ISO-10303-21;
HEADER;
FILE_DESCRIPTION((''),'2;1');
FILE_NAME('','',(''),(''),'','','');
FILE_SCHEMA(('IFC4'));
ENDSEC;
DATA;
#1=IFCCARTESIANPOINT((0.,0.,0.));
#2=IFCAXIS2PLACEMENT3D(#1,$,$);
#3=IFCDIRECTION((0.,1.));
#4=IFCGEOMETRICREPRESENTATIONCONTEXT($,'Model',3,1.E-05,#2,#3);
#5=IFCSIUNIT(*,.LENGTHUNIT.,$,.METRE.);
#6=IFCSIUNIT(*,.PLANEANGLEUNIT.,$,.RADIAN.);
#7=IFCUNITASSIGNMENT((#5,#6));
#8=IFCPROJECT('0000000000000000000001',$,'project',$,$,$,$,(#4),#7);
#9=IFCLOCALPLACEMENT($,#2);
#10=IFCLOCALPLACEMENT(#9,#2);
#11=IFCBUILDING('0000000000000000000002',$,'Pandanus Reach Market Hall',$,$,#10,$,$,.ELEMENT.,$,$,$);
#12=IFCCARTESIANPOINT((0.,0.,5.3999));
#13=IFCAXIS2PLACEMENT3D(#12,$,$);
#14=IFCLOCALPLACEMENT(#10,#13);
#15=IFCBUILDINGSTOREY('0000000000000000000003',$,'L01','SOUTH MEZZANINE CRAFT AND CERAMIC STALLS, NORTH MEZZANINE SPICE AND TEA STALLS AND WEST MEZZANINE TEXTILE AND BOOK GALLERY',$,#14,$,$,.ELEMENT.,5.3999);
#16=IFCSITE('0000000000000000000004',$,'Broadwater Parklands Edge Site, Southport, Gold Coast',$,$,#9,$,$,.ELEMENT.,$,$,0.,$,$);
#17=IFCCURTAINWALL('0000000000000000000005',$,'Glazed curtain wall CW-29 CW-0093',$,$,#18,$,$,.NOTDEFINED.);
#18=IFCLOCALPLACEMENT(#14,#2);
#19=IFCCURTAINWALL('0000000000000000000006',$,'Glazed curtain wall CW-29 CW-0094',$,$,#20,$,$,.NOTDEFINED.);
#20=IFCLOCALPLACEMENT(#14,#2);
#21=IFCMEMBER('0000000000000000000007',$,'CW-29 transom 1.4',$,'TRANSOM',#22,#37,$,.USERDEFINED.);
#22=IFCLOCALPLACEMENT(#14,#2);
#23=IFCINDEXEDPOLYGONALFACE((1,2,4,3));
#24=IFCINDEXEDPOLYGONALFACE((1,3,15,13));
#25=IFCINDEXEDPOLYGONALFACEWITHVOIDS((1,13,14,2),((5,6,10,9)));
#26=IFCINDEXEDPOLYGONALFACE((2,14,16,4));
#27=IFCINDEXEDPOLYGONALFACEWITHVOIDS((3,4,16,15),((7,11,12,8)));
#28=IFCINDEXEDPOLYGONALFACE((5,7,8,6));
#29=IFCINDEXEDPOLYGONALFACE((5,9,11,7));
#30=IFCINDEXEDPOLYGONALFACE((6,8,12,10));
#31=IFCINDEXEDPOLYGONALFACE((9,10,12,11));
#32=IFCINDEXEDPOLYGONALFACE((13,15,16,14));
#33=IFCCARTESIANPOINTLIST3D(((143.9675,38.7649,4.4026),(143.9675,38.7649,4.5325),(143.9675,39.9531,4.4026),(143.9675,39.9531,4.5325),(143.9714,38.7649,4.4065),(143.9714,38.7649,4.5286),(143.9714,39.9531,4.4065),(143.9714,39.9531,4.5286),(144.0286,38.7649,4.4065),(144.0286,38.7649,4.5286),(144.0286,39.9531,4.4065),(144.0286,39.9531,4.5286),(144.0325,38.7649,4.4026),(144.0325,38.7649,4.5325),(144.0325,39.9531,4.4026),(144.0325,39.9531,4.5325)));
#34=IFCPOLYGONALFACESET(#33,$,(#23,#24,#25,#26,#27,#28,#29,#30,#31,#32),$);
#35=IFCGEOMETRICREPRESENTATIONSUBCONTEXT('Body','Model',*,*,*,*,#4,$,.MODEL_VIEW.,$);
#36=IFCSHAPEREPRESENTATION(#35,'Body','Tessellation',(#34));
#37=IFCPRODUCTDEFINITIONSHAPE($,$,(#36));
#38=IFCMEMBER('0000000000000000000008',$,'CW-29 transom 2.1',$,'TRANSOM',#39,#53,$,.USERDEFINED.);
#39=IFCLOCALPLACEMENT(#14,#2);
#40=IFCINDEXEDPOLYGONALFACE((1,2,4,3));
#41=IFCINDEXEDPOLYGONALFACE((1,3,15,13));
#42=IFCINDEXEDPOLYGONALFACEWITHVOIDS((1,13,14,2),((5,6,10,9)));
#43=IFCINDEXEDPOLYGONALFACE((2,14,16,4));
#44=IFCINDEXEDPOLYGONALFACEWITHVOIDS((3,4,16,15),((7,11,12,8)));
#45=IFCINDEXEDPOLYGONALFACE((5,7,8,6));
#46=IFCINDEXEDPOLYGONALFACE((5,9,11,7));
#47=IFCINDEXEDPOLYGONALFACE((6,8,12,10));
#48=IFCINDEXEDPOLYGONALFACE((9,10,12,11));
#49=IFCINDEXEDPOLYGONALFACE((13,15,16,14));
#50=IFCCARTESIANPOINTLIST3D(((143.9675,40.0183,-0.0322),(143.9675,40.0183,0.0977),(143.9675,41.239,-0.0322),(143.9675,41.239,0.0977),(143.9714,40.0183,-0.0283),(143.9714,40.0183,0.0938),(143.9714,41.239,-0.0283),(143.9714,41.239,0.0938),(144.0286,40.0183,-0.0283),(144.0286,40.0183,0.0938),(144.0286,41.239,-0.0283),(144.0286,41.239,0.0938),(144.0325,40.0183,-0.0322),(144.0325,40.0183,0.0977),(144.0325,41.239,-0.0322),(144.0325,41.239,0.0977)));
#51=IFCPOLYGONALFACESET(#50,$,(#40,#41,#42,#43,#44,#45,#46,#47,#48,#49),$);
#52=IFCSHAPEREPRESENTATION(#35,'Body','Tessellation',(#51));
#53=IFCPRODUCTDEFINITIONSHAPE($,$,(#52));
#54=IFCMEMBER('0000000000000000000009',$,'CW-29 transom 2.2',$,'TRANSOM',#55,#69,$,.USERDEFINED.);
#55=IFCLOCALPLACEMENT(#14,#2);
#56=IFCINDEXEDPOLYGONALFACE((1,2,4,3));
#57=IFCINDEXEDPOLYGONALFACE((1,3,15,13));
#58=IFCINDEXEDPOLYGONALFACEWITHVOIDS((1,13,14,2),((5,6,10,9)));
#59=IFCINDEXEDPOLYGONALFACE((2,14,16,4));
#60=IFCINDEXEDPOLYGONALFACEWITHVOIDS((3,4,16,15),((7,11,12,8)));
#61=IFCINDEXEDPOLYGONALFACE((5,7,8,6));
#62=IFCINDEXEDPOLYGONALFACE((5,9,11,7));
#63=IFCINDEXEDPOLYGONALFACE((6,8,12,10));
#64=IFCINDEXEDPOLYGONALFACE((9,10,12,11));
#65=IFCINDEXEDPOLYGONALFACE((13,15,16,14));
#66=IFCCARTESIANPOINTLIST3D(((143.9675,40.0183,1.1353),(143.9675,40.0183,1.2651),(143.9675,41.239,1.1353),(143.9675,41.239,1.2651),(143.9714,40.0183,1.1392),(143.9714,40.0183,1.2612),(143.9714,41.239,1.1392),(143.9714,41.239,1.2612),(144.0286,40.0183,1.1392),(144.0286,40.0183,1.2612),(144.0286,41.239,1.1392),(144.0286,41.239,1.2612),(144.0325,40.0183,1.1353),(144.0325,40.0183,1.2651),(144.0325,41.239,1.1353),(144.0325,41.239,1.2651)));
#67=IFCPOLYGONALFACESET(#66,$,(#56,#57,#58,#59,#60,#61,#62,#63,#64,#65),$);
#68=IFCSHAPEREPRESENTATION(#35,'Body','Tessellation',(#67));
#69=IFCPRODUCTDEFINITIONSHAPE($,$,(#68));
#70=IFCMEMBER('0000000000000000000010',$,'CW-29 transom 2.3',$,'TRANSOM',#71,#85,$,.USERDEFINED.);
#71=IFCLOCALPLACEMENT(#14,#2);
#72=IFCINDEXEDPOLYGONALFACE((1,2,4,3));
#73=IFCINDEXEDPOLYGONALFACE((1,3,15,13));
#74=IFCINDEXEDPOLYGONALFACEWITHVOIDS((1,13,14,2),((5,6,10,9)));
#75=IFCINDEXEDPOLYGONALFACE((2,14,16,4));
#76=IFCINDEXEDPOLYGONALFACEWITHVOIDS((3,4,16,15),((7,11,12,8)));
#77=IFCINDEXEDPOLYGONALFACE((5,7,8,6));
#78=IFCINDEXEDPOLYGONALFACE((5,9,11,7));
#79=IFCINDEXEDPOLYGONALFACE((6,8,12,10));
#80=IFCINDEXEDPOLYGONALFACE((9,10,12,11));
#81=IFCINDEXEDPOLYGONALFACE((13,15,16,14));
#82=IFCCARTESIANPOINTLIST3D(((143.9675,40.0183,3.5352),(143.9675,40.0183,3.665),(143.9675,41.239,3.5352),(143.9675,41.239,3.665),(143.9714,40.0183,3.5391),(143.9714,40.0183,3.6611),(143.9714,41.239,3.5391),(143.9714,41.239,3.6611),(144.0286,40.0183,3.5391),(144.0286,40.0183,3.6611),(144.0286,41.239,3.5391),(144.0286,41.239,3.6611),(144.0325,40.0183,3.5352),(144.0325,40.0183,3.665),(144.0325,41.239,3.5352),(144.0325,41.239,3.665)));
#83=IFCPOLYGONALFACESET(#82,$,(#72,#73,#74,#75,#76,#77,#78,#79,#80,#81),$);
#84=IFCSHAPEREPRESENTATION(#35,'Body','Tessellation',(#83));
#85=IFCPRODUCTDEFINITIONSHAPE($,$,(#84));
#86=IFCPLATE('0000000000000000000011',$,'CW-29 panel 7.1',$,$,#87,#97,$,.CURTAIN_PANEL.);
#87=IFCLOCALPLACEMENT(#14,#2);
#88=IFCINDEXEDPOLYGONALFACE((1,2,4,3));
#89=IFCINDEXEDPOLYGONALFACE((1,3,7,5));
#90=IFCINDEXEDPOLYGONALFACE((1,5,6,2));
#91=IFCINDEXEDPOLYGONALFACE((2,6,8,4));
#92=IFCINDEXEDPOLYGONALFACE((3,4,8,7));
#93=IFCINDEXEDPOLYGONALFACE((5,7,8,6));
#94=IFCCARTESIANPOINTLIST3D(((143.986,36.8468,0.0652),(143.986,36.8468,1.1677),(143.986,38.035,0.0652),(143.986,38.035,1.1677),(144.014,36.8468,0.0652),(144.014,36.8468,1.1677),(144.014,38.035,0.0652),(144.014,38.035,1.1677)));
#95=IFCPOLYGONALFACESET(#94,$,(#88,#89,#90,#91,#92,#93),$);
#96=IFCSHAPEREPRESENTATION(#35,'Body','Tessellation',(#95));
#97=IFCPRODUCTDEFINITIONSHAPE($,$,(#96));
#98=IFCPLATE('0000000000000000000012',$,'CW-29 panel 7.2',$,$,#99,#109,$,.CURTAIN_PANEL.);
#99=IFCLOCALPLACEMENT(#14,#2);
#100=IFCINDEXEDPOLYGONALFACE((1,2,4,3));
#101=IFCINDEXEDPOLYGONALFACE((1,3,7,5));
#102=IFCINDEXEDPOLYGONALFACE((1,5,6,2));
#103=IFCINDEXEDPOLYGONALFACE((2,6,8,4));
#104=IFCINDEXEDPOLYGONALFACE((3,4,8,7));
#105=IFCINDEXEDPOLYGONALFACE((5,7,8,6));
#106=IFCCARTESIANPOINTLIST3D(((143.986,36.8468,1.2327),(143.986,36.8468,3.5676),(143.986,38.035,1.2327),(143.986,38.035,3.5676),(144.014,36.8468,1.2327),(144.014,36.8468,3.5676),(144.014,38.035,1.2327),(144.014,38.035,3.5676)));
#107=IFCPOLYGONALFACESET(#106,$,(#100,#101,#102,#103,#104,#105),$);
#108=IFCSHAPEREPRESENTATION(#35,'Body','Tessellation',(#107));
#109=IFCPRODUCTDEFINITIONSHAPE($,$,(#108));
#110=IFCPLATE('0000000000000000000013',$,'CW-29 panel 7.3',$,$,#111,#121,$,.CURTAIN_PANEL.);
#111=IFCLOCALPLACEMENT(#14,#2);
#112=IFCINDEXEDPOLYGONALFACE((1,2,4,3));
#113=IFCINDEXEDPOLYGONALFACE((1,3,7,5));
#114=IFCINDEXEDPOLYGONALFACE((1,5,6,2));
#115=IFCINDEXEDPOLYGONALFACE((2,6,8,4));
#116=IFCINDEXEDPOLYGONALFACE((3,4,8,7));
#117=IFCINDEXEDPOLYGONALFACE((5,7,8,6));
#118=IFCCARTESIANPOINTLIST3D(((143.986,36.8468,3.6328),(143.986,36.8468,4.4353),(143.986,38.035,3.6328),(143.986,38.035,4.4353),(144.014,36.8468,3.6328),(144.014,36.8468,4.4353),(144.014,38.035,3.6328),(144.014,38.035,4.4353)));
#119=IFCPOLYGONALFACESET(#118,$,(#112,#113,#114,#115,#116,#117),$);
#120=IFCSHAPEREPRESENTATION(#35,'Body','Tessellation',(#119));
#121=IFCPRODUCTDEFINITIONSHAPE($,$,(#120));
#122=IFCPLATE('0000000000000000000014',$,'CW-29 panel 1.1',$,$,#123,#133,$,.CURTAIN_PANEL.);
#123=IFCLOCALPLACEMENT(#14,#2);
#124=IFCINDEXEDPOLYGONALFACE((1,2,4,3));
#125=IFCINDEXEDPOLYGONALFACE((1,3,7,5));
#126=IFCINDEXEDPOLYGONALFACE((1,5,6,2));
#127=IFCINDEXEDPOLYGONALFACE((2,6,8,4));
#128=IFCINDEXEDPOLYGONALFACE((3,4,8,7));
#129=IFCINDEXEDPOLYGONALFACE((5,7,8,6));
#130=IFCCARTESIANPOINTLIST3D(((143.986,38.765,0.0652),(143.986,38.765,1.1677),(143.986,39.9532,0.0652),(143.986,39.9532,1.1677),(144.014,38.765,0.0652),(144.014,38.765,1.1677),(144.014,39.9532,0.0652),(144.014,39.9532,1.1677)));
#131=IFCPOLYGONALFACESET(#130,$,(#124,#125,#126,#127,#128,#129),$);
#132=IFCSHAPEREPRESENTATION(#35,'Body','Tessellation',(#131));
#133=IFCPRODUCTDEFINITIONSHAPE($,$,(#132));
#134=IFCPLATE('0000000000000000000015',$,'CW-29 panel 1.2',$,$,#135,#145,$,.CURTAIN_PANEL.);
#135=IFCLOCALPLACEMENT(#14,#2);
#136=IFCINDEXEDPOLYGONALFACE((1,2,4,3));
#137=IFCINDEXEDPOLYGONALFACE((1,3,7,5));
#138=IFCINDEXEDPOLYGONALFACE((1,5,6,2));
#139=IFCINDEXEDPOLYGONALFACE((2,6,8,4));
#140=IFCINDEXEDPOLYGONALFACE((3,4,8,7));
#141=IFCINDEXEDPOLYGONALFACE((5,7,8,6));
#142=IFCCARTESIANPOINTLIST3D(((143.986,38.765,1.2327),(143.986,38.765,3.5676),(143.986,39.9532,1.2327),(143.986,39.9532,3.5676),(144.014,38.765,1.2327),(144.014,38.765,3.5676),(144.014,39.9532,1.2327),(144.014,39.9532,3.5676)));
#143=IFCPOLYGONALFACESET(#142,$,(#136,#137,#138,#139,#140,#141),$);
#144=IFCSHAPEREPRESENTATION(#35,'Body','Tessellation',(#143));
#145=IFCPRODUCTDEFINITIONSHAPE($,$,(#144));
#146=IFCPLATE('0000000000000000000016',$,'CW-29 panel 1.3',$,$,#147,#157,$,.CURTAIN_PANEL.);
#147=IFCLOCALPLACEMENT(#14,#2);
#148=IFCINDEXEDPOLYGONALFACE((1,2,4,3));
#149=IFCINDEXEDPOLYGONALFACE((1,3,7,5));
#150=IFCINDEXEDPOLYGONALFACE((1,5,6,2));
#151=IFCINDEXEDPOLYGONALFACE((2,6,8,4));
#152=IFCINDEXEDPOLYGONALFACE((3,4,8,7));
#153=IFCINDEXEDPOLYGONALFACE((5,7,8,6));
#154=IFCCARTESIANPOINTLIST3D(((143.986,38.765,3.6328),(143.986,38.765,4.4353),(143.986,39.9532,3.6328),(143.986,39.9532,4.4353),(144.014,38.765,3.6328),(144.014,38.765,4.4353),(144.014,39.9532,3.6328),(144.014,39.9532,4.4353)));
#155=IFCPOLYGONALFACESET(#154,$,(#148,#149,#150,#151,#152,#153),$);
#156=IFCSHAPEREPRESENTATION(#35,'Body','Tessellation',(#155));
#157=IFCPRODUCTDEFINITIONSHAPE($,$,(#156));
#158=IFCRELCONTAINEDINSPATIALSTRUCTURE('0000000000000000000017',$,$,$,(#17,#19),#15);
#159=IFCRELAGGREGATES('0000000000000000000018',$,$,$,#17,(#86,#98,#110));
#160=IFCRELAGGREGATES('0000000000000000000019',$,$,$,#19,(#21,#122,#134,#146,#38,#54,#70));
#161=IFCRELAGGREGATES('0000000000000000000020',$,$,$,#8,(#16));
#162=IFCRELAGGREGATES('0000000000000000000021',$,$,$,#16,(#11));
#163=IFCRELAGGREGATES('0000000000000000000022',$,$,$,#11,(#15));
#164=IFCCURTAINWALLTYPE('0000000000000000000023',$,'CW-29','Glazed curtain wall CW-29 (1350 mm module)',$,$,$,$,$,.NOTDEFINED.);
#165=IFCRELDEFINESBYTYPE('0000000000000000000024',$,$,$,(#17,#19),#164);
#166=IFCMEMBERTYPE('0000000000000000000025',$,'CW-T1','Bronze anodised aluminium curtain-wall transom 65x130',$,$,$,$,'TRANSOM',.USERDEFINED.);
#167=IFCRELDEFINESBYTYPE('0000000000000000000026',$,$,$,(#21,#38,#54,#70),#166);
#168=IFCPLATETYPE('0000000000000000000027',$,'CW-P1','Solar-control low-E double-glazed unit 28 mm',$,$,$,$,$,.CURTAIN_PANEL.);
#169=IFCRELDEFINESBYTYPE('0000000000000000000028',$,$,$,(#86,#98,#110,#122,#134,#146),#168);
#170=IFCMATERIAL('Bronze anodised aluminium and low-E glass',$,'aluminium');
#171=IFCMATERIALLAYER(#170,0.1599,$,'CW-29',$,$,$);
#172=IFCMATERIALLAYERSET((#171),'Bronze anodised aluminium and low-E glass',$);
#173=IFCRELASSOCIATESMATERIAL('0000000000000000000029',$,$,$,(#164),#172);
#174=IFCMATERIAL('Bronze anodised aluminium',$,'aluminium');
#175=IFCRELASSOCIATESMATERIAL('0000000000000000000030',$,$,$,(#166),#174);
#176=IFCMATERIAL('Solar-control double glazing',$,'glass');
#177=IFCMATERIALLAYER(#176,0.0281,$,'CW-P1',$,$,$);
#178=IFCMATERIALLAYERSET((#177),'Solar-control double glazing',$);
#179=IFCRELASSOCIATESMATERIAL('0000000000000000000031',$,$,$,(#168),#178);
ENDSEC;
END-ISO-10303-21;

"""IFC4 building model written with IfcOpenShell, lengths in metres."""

from ifc_helpers import new_model, si_unit, direction, frame, origin, origin_2d, place, context, subcontext, project, spatial, rectangle, hollow_rectangle, extrude, material, layer, layer_set, material_profile, profile_set, type_object, element, aggregate, save


model = new_model("IFC4")

# Units and contexts
model_context = context("Model", 3, precision=1e-05, world=origin(), true_north=direction((0.0, 1.0)))
body_context = subcontext(model_context, "Body", "Model", "MODEL_VIEW")
ifc_project = project(units=[si_unit("LENGTHUNIT", "METRE"), si_unit("PLANEANGLEUNIT", "RADIAN")], contexts=[model_context])

# Site, building, storey
site_placement = place(None, origin())
site = spatial("IfcSite", under=ifc_project, at=site_placement, Name="Broadwater Parklands Edge Site, Southport, Gold Coast", CompositionType="ELEMENT", RefElevation=0.0)
building_placement = place(site_placement, origin())
building = spatial("IfcBuilding", under=site, at=building_placement, Name="Pandanus Reach Market Hall", CompositionType="ELEMENT")
storey_placement = place(building_placement, frame((0.0, 0.0, 5.3999)))
storey = spatial("IfcBuildingStorey", under=building, at=storey_placement, Name="L01", Description="SOUTH MEZZANINE CRAFT AND CERAMIC STALLS, NORTH MEZZANINE SPICE AND TEA STALLS AND WEST MEZZANINE TEXTILE AND BOOK GALLERY", CompositionType="ELEMENT", Elevation=5.3999)

# Curtain wall
ifc_material_1 = material(Name="Bronze anodised aluminium and low-E glass", Category="aluminium")
ifc_layer_1 = layer(ifc_material_1, 0.1599, Name="CW-29")
ifc_layer_set_1 = layer_set([ifc_layer_1], Name="Bronze anodised aluminium and low-E glass")
curtain_wall_type = type_object("IfcCurtainWallType", Name="CW-29", Description="Glazed curtain wall CW-29 (1350 mm module)", PredefinedType="NOTDEFINED", material=ifc_layer_set_1)
curtain_wall_1_placement = place(storey_placement, origin())
curtain_wall_1 = element("IfcCurtainWall", 1, at=curtain_wall_1_placement, inside=storey, type_object=curtain_wall_type, Name="Glazed curtain wall CW-29 CW-0093", PredefinedType="NOTDEFINED")
ifc_material_2 = material(Name="Bronze anodised aluminium", Category="aluminium")

# Curtain wall
curtain_wall_2_placement = place(storey_placement, origin())
curtain_wall_2 = element("IfcCurtainWall", 2, at=curtain_wall_2_placement, inside=storey, type_object=curtain_wall_type, Name="Glazed curtain wall CW-29 CW-0094", PredefinedType="NOTDEFINED")

# Members
ifc_material_profile_1 = material_profile(ifc_material_2, hollow_rectangle(XDim=0.0649, YDim=0.1299, WallThickness=0.0039, at=origin_2d()), Name="ALU65x130", Category="LoadBearing")
ifc_profile_set_1 = profile_set([ifc_material_profile_1], Name="Bronze anodised aluminium")
member_type_1 = type_object("IfcMemberType", Name="CW-T1", Description="Bronze anodised aluminium curtain-wall transom 65x130", ElementType="TRANSOM", PredefinedType="USERDEFINED", material=ifc_profile_set_1)
member_1_placement = place(storey_placement, frame((144.0, 38.7649, 4.4675), z_axis=(0.0, 1.0, 0.0), x_axis=(-1.0, 0.0, 0.0)))
member_1 = element("IfcMember", 3, at=member_1_placement, type_object=member_type_1, Name="CW-29 transom 1.4", ObjectType="TRANSOM", PredefinedType="USERDEFINED", context=body_context, shape_type="SweptSolid", body=[
    extrude(hollow_rectangle(XDim=0.0649, YDim=0.1299, WallThickness=0.0039, at=origin_2d()), origin(), (0.0, 0.0, 1.0), 1.1882),
])
member_2_placement = place(storey_placement, frame((144.0, 40.0183, 0.0327), z_axis=(0.0, 1.0, 0.0), x_axis=(-1.0, 0.0, 0.0)))
member_2 = element("IfcMember", 4, at=member_2_placement, type_object=member_type_1, Name="CW-29 transom 2.1", ObjectType="TRANSOM", PredefinedType="USERDEFINED", context=body_context, shape_type="SweptSolid", body=[
    extrude(hollow_rectangle(XDim=0.0649, YDim=0.1299, WallThickness=0.0039, at=origin_2d()), origin(), (0.0, 0.0, 1.0), 1.2207),
])
member_3_placement = place(storey_placement, frame((144.0, 40.0183, 1.2002), z_axis=(0.0, 1.0, 0.0), x_axis=(-1.0, 0.0, 0.0)))
member_3 = element("IfcMember", 5, at=member_3_placement, type_object=member_type_1, Name="CW-29 transom 2.2", ObjectType="TRANSOM", PredefinedType="USERDEFINED", context=body_context, shape_type="SweptSolid", body=[
    extrude(hollow_rectangle(XDim=0.0649, YDim=0.1299, WallThickness=0.0039, at=origin_2d()), origin(), (0.0, 0.0, 1.0), 1.2207),
])
member_4_placement = place(storey_placement, frame((144.0, 40.0183, 3.6001), z_axis=(0.0, 1.0, 0.0), x_axis=(-1.0, 0.0, 0.0)))
member_4 = element("IfcMember", 6, at=member_4_placement, type_object=member_type_1, Name="CW-29 transom 2.3", ObjectType="TRANSOM", PredefinedType="USERDEFINED", context=body_context, shape_type="SweptSolid", body=[
    extrude(hollow_rectangle(XDim=0.0649, YDim=0.1299, WallThickness=0.0039, at=origin_2d()), origin(), (0.0, 0.0, 1.0), 1.2207),
])

# Plates
ifc_material_3 = material(Name="Solar-control double glazing", Category="glass")
ifc_layer_2 = layer(ifc_material_3, 0.0281, Name="CW-P1")
ifc_layer_set_2 = layer_set([ifc_layer_2], Name="Solar-control double glazing")
plate_type = type_object("IfcPlateType", Name="CW-P1", Description="Solar-control low-E double-glazed unit 28 mm", PredefinedType="CURTAIN_PANEL", material=ifc_layer_set_2)
plate_1_placement = place(storey_placement, frame((144.0, 37.4409, 0.0652), z_axis=(0.0, 0.0, 1.0), x_axis=(0.0, 1.0, 0.0)))
plate_1 = element("IfcPlate", 7, at=plate_1_placement, type_object=plate_type, Name="CW-29 panel 7.1", PredefinedType="CURTAIN_PANEL", context=body_context, shape_type="SweptSolid", body=[
    extrude(rectangle(XDim=1.1882, YDim=0.0281, at=origin_2d()), origin(), (0.0, 0.0, 1.0), 1.1025),
])
plate_2_placement = place(storey_placement, frame((144.0, 37.4409, 1.2327), z_axis=(0.0, 0.0, 1.0), x_axis=(0.0, 1.0, 0.0)))
plate_2 = element("IfcPlate", 8, at=plate_2_placement, type_object=plate_type, Name="CW-29 panel 7.2", PredefinedType="CURTAIN_PANEL", context=body_context, shape_type="SweptSolid", body=[
    extrude(rectangle(XDim=1.1882, YDim=0.0281, at=origin_2d()), origin(), (0.0, 0.0, 1.0), 2.335),
])
plate_3_placement = place(storey_placement, frame((144.0, 37.4409, 3.6328), z_axis=(0.0, 0.0, 1.0), x_axis=(0.0, 1.0, 0.0)))
plate_3 = element("IfcPlate", 9, at=plate_3_placement, type_object=plate_type, Name="CW-29 panel 7.3", PredefinedType="CURTAIN_PANEL", context=body_context, shape_type="SweptSolid", body=[
    extrude(rectangle(XDim=1.1882, YDim=0.0281, at=origin_2d()), origin(), (0.0, 0.0, 1.0), 0.8025),
])
aggregate(curtain_wall_1, [plate_1, plate_2, plate_3])
plate_4_placement = place(storey_placement, frame((144.0, 39.3591, 0.0652), z_axis=(0.0, 0.0, 1.0), x_axis=(0.0, 1.0, 0.0)))
plate_4 = element("IfcPlate", 10, at=plate_4_placement, type_object=plate_type, Name="CW-29 panel 1.1", PredefinedType="CURTAIN_PANEL", context=body_context, shape_type="SweptSolid", body=[
    extrude(rectangle(XDim=1.1882, YDim=0.0281, at=origin_2d()), origin(), (0.0, 0.0, 1.0), 1.1025),
])
plate_5_placement = place(storey_placement, frame((144.0, 39.3591, 1.2327), z_axis=(0.0, 0.0, 1.0), x_axis=(0.0, 1.0, 0.0)))
plate_5 = element("IfcPlate", 11, at=plate_5_placement, type_object=plate_type, Name="CW-29 panel 1.2", PredefinedType="CURTAIN_PANEL", context=body_context, shape_type="SweptSolid", body=[
    extrude(rectangle(XDim=1.1882, YDim=0.0281, at=origin_2d()), origin(), (0.0, 0.0, 1.0), 2.335),
])
plate_6_placement = place(storey_placement, frame((144.0, 39.3591, 3.6328), z_axis=(0.0, 0.0, 1.0), x_axis=(0.0, 1.0, 0.0)))
plate_6 = element("IfcPlate", 12, at=plate_6_placement, type_object=plate_type, Name="CW-29 panel 1.3", PredefinedType="CURTAIN_PANEL", context=body_context, shape_type="SweptSolid", body=[
    extrude(rectangle(XDim=1.1882, YDim=0.0281, at=origin_2d()), origin(), (0.0, 0.0, 1.0), 0.8025),
])
aggregate(curtain_wall_2, [member_1, plate_4, plate_5, plate_6, member_2, member_3, member_4])

save(model, "model.ifc")
